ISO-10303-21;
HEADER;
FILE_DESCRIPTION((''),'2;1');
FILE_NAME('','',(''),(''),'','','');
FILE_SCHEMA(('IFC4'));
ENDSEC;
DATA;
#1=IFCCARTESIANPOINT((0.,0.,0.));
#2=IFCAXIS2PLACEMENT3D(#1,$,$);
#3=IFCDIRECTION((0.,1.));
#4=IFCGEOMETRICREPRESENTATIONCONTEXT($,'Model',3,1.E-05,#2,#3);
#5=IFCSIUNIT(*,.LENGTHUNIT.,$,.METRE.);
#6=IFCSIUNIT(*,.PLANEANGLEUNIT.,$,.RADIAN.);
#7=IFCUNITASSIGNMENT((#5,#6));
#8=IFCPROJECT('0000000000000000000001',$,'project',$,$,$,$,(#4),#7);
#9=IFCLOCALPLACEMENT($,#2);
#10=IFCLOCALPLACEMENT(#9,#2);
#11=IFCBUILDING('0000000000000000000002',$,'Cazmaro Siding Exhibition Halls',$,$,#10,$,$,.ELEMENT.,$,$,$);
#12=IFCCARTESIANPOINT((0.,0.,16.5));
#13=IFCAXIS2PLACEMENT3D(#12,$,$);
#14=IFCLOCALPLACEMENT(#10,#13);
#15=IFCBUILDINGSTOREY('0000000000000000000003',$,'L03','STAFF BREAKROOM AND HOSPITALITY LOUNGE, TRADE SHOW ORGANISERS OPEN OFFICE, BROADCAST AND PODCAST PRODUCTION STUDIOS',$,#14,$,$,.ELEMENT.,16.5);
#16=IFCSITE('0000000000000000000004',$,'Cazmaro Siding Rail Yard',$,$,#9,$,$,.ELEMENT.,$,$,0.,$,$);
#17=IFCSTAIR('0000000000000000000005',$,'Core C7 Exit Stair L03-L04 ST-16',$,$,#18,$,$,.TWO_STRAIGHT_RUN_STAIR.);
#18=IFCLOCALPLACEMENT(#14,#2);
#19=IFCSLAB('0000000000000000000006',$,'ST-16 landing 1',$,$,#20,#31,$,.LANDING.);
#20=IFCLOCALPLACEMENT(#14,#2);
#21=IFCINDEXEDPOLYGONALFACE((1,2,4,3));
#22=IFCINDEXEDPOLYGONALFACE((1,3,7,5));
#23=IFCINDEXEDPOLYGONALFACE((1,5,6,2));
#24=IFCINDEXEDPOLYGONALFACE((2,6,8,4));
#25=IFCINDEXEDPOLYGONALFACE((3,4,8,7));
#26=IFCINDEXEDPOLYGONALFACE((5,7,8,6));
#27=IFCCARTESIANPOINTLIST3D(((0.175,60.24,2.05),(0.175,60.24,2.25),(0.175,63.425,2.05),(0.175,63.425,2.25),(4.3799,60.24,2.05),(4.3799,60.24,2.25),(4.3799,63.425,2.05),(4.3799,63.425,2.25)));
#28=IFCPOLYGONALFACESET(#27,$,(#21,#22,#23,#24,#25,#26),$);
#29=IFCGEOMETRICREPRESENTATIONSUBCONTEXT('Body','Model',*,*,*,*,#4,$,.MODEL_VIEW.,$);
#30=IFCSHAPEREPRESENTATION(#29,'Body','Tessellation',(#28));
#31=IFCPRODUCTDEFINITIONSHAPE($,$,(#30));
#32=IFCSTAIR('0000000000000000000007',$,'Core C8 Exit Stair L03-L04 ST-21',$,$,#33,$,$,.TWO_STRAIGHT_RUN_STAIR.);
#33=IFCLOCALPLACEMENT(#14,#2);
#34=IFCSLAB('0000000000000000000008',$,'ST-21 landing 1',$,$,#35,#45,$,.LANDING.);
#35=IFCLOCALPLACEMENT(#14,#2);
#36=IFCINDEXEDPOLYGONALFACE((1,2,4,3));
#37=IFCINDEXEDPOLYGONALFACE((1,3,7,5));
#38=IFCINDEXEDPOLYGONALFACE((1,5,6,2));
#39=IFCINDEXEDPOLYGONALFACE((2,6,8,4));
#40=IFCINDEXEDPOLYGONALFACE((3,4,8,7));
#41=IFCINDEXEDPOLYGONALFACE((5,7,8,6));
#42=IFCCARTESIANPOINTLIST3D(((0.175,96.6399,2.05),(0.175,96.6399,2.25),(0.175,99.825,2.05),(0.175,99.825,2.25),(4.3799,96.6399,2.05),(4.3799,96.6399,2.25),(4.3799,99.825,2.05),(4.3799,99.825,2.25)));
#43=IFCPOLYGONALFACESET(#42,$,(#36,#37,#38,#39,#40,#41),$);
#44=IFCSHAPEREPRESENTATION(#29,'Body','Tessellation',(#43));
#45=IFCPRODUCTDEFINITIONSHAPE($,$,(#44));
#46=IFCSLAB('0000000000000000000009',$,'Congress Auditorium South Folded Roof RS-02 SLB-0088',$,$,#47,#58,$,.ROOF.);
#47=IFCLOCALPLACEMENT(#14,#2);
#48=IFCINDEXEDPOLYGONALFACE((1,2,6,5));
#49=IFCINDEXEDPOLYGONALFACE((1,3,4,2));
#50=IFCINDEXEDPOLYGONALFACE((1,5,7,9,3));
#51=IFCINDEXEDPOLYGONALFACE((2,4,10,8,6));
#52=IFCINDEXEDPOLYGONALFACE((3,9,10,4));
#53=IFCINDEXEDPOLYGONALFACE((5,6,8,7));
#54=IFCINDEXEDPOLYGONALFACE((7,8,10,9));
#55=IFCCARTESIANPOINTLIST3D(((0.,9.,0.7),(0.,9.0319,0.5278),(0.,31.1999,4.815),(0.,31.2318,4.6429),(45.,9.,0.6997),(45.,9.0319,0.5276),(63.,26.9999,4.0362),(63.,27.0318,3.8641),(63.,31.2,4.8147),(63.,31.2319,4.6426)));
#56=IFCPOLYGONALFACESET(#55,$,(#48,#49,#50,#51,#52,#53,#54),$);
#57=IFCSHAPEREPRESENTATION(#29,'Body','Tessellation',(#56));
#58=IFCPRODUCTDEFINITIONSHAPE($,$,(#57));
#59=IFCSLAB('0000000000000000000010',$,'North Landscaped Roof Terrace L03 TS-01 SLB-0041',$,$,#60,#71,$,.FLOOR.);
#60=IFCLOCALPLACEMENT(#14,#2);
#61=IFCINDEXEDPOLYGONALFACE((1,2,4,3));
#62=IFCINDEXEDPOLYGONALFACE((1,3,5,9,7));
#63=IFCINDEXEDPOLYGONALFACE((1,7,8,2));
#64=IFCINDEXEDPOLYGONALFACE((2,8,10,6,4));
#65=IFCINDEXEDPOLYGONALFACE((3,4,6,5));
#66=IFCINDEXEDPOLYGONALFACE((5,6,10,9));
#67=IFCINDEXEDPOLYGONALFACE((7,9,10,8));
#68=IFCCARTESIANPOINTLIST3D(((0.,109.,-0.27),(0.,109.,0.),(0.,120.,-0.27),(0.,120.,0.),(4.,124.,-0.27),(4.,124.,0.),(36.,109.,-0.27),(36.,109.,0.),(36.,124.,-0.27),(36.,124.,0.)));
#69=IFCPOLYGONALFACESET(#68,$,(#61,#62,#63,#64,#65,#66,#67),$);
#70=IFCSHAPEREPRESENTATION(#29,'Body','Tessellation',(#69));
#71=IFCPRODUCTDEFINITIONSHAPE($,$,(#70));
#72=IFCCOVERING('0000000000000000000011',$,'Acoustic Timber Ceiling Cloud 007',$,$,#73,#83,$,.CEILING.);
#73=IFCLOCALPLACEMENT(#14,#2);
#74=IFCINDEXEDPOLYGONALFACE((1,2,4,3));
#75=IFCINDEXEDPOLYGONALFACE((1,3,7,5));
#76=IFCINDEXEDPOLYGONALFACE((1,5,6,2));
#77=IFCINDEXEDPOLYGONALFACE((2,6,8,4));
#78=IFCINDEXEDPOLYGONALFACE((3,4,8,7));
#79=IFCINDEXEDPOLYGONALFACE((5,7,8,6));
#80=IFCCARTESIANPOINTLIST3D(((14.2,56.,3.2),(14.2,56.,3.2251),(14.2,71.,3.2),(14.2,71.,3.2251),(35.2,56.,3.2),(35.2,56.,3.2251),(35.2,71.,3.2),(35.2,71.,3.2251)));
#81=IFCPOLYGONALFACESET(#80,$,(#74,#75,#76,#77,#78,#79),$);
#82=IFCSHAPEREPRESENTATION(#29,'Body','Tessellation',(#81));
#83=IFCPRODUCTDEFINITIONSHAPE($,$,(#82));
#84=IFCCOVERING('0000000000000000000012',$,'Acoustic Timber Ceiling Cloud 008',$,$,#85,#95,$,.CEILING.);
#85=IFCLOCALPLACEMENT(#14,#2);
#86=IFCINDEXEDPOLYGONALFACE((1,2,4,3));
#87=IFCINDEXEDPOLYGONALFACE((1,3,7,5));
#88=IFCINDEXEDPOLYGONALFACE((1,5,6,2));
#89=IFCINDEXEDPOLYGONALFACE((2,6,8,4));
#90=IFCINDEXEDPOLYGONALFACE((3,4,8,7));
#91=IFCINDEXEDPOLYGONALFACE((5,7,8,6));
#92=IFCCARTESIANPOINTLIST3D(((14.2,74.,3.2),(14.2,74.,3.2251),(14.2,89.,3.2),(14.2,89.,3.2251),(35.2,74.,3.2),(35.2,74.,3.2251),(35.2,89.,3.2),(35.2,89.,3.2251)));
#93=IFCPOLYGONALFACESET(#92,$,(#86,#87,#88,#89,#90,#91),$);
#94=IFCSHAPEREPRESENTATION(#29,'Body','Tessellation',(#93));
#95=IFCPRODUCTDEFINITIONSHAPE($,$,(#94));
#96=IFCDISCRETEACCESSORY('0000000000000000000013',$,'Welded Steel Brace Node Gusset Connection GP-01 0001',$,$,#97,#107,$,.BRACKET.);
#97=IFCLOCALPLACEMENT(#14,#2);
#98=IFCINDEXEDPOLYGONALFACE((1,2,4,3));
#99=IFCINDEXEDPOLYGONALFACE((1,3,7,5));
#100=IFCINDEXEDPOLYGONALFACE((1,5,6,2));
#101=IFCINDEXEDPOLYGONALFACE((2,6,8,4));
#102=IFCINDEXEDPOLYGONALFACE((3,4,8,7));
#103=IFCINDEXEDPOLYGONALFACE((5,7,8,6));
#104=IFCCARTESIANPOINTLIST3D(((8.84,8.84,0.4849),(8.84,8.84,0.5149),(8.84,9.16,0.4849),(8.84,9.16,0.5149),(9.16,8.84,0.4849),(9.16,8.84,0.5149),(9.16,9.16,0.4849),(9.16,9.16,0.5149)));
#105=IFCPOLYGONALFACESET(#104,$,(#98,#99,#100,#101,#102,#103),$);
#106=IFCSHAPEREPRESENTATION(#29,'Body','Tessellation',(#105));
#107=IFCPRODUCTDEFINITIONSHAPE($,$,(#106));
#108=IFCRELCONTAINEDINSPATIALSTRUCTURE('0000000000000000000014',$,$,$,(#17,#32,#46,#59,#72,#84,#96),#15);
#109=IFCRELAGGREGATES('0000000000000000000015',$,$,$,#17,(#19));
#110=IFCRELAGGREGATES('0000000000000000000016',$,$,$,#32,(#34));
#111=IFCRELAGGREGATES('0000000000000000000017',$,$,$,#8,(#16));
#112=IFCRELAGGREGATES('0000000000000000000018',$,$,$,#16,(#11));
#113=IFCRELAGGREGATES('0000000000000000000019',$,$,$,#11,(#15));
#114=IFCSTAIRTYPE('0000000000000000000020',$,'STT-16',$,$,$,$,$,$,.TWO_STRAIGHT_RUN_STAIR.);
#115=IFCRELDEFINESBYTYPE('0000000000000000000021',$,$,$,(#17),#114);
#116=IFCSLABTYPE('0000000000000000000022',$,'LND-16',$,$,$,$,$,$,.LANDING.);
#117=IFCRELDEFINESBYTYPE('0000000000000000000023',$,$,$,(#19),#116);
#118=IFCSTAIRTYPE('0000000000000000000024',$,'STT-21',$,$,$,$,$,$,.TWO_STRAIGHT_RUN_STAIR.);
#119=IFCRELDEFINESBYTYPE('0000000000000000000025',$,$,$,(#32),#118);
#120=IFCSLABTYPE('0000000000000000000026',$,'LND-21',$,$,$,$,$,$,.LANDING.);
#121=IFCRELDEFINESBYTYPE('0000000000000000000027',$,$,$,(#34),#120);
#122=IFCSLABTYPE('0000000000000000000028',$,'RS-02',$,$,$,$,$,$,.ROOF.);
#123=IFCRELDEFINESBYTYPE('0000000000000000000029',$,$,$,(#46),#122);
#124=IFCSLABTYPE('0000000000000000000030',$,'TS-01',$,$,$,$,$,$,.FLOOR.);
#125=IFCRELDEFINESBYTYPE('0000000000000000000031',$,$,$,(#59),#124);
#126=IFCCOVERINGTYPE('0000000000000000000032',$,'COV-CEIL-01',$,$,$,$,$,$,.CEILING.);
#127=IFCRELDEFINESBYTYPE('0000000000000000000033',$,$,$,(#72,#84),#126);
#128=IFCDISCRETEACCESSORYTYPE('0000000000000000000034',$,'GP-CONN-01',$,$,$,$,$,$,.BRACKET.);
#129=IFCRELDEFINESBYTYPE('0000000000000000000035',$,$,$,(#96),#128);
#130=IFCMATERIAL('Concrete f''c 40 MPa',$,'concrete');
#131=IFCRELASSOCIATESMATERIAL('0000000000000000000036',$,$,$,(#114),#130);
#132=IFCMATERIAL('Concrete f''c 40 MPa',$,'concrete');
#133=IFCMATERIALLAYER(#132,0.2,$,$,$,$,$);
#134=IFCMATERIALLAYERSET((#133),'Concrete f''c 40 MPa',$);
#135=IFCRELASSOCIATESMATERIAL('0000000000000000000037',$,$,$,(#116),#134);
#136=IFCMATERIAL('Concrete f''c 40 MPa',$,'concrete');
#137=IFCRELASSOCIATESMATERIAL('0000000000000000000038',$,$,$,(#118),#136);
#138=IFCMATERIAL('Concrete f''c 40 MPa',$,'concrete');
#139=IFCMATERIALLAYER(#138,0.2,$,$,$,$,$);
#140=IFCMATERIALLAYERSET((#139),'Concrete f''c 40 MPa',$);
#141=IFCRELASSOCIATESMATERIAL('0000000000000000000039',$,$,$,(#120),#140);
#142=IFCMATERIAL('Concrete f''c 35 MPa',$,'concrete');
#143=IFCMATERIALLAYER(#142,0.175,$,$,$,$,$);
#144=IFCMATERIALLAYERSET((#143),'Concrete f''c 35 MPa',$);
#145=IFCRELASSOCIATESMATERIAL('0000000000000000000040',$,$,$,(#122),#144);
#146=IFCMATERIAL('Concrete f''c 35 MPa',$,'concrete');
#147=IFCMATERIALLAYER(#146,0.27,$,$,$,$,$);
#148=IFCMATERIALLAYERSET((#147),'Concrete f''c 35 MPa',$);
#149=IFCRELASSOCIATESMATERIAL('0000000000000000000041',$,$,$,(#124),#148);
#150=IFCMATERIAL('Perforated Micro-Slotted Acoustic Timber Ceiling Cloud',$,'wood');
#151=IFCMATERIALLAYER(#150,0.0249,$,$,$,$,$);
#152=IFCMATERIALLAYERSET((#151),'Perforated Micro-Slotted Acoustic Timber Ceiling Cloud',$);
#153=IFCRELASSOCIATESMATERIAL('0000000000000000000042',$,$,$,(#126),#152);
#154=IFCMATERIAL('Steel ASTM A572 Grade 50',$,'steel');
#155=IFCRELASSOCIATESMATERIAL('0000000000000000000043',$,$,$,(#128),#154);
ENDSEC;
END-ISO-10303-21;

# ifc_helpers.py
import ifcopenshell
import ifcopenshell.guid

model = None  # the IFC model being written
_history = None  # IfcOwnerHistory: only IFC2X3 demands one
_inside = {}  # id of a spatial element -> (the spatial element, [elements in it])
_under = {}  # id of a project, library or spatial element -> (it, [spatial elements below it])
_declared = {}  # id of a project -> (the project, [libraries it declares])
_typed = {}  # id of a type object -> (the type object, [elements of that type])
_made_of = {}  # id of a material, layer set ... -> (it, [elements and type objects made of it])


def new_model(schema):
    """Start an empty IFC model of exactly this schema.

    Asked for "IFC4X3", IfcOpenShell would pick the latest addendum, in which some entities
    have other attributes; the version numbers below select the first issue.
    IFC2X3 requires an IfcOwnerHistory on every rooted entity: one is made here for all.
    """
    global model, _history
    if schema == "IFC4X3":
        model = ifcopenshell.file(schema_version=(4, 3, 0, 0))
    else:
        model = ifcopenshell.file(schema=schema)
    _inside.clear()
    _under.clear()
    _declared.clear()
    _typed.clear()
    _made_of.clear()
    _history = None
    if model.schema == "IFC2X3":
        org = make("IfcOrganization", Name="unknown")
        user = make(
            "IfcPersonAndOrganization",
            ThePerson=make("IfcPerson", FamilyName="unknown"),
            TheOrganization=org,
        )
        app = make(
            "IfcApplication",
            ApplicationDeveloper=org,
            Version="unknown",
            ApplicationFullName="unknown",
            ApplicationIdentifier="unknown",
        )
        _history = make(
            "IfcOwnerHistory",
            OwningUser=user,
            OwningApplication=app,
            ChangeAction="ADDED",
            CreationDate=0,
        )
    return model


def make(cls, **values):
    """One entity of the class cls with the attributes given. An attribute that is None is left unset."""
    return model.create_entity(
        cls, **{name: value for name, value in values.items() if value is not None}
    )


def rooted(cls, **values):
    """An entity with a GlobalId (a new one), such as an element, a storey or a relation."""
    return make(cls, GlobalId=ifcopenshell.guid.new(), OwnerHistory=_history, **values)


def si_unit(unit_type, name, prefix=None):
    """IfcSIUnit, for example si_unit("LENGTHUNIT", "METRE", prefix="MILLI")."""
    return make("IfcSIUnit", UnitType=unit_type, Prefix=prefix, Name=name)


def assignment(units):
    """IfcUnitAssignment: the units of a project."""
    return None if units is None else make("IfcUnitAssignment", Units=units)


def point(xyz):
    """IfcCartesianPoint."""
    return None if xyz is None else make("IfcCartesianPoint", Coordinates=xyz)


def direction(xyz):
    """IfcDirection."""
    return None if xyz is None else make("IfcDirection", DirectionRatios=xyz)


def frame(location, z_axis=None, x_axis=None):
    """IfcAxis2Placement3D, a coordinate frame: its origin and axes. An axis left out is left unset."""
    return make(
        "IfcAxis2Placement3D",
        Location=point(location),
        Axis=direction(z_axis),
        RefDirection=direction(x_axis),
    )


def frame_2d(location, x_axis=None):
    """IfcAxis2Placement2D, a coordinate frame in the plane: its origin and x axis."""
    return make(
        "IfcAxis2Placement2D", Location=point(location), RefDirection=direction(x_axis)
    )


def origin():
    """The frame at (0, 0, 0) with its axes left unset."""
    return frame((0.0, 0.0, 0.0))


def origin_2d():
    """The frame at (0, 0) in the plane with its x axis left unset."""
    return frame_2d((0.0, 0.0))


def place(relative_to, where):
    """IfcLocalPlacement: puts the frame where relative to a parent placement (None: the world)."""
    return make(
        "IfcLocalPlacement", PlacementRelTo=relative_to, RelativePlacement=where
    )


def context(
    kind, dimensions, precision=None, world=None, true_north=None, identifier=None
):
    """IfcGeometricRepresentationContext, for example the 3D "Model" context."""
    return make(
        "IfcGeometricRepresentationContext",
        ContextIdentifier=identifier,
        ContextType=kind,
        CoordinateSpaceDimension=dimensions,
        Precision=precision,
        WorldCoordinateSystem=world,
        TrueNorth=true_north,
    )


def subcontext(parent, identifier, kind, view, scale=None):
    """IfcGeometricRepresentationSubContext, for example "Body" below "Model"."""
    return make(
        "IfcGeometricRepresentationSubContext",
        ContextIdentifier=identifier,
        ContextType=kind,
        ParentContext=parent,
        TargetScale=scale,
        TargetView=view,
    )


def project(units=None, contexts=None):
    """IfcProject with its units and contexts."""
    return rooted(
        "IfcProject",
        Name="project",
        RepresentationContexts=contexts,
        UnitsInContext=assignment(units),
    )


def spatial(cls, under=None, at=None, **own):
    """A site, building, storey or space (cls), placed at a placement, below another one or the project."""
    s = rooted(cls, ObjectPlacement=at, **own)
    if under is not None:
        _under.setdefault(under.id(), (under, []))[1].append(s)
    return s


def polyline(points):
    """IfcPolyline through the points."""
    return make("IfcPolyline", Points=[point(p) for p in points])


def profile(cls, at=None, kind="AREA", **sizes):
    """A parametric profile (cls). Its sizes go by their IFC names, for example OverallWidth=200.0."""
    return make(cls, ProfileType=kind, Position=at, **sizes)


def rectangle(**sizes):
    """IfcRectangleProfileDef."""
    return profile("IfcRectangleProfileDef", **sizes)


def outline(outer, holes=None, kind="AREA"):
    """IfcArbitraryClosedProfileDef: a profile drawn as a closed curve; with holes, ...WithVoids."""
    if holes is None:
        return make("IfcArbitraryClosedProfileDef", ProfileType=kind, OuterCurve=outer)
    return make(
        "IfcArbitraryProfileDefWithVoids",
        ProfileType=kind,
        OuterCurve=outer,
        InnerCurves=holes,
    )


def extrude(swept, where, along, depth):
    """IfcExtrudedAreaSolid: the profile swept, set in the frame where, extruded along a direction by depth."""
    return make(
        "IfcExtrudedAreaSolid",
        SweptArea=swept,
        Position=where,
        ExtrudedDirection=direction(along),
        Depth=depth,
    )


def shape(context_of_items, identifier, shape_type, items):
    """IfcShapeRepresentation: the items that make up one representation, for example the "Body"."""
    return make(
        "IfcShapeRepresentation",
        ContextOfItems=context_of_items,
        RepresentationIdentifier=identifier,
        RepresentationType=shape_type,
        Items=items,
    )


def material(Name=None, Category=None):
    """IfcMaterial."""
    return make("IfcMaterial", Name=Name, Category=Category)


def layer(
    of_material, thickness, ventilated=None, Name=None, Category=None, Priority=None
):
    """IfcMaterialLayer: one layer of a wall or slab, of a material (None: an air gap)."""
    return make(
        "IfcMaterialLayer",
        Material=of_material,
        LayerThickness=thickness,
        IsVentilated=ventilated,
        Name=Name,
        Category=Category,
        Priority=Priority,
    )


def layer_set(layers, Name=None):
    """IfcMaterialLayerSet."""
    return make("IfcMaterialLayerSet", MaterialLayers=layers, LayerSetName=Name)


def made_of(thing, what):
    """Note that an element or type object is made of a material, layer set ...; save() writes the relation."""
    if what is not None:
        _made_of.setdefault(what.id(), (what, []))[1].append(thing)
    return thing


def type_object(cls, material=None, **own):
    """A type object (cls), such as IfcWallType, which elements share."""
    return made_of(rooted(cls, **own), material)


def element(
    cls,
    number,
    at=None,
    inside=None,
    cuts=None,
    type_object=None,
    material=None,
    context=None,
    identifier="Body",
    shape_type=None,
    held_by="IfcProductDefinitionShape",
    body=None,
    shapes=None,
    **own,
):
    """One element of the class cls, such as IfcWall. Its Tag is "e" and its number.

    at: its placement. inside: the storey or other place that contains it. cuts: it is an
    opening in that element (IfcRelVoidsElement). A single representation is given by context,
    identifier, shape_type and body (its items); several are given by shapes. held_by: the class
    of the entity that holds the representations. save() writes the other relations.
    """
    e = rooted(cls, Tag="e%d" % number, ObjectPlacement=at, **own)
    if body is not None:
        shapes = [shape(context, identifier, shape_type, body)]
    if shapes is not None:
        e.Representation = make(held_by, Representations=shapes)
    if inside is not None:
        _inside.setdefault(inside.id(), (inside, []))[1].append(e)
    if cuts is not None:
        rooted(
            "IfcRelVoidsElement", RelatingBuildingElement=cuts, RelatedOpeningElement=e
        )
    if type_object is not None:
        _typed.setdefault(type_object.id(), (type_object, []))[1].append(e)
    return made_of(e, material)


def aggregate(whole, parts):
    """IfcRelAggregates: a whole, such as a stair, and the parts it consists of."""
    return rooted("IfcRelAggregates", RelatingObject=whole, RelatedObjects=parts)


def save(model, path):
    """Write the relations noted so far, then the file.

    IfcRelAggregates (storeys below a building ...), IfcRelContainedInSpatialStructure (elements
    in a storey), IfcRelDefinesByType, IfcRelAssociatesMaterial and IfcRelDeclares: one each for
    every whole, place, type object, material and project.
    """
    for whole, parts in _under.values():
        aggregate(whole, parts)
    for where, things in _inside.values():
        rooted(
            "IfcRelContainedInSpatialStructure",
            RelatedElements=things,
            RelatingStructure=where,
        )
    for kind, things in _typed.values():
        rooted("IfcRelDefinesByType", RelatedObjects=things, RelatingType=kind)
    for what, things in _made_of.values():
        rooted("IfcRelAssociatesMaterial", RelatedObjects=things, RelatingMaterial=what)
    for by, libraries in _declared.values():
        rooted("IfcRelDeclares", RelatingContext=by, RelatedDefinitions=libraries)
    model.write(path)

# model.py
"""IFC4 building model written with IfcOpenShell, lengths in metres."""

from ifc_helpers import new_model, si_unit, direction, frame, origin, origin_2d, place, context, subcontext, project, spatial, polyline, rectangle, outline, extrude, material, layer, layer_set, type_object, element, aggregate, save


model = new_model("IFC4")

# Units and contexts
model_context = context("Model", 3, precision=1e-05, world=origin(), true_north=direction((0.0, 1.0)))
body_context = subcontext(model_context, "Body", "Model", "MODEL_VIEW")
ifc_project = project(units=[si_unit("LENGTHUNIT", "METRE"), si_unit("PLANEANGLEUNIT", "RADIAN")], contexts=[model_context])

# Site, building, storey
site_placement = place(None, origin())
site = spatial("IfcSite", under=ifc_project, at=site_placement, Name="Cazmaro Siding Rail Yard", CompositionType="ELEMENT", RefElevation=0.0)
building_placement = place(site_placement, origin())
building = spatial("IfcBuilding", under=site, at=building_placement, Name="Cazmaro Siding Exhibition Halls", CompositionType="ELEMENT")
storey_placement = place(building_placement, frame((0.0, 0.0, 16.5)))
storey = spatial("IfcBuildingStorey", under=building, at=storey_placement, Name="L03", Description="STAFF BREAKROOM AND HOSPITALITY LOUNGE, TRADE SHOW ORGANISERS OPEN OFFICE, BROADCAST AND PODCAST PRODUCTION STUDIOS", CompositionType="ELEMENT", Elevation=16.5)

# Stairs, slabs
ifc_material_1 = material(Name="Concrete f'c 40 MPa", Category="concrete")
stair_type_1 = type_object("IfcStairType", Name="STT-16", PredefinedType="TWO_STRAIGHT_RUN_STAIR", material=ifc_material_1)
stair_1_placement = place(storey_placement, origin())
stair_1 = element("IfcStair", 1, at=stair_1_placement, inside=storey, type_object=stair_type_1, Name="Core C7 Exit Stair L03-L04 ST-16", PredefinedType="TWO_STRAIGHT_RUN_STAIR")
ifc_material_2 = material(Name="Concrete f'c 40 MPa", Category="concrete")
ifc_layer_1 = layer(ifc_material_2, 0.2)
ifc_layer_set_1 = layer_set([ifc_layer_1], Name="Concrete f'c 40 MPa")
slab_type_1 = type_object("IfcSlabType", Name="LND-16", PredefinedType="LANDING", material=ifc_layer_set_1)
slab_1_placement = place(storey_placement, frame((0.0, 0.0, 2.05)))
slab_1 = element("IfcSlab", 2, at=slab_1_placement, type_object=slab_type_1, Name="ST-16 landing 1", PredefinedType="LANDING", context=body_context, shape_type="SweptSolid", body=[
    extrude(outline(polyline([(0.175, 60.24), (4.3799, 60.24), (4.3799, 63.425), (0.175, 63.425), (0.175, 60.24)])), origin(), (0.0, 0.0, 1.0), 0.2),
])
aggregate(stair_1, [slab_1])
ifc_material_3 = material(Name="Concrete f'c 40 MPa", Category="concrete")
stair_type_2 = type_object("IfcStairType", Name="STT-21", PredefinedType="TWO_STRAIGHT_RUN_STAIR", material=ifc_material_3)
stair_2_placement = place(storey_placement, origin())
stair_2 = element("IfcStair", 3, at=stair_2_placement, inside=storey, type_object=stair_type_2, Name="Core C8 Exit Stair L03-L04 ST-21", PredefinedType="TWO_STRAIGHT_RUN_STAIR")
ifc_material_4 = material(Name="Concrete f'c 40 MPa", Category="concrete")
ifc_layer_2 = layer(ifc_material_4, 0.2)
ifc_layer_set_2 = layer_set([ifc_layer_2], Name="Concrete f'c 40 MPa")
slab_type_2 = type_object("IfcSlabType", Name="LND-21", PredefinedType="LANDING", material=ifc_layer_set_2)
slab_2_placement = place(storey_placement, frame((0.0, 0.0, 2.05)))
slab_2 = element("IfcSlab", 4, at=slab_2_placement, type_object=slab_type_2, Name="ST-21 landing 1", PredefinedType="LANDING", context=body_context, shape_type="SweptSolid", body=[
    extrude(outline(polyline([(0.175, 96.6399), (4.3799, 96.6399), (4.3799, 99.825), (0.175, 99.825), (0.175, 96.6399)])), origin(), (0.0, 0.0, 1.0), 0.2),
])
aggregate(stair_2, [slab_2])

# Shared definitions
ifc_material_5 = material(Name="Concrete f'c 35 MPa", Category="concrete")
ifc_layer_3 = layer(ifc_material_5, 0.175)
ifc_layer_set_3 = layer_set([ifc_layer_3], Name="Concrete f'c 35 MPa")
slab_type_3 = type_object("IfcSlabType", Name="RS-02", PredefinedType="ROOF", material=ifc_layer_set_3)

# Slabs
slab_3_placement = place(storey_placement, frame((0.0, 9.0, 0.7), z_axis=(0.000005, -0.18226, 0.98325), x_axis=(1.0, 0.000001, -0.000005)))
element("IfcSlab", 5, at=slab_3_placement, inside=storey, type_object=slab_type_3, Name="Congress Auditorium South Folded Roof RS-02 SLB-0088", PredefinedType="ROOF", context=body_context, shape_type="SweptSolid", body=[
    extrude(outline(polyline([(0.0, 0.0), (45.0, 0.0), (63.0, 18.3065), (63.0, 22.5781), (0.0, 22.5781), (0.0, 0.0)])), origin(), (0.0, 0.0, -1.0), 0.175),
])
ifc_material_6 = material(Name="Concrete f'c 35 MPa", Category="concrete")
ifc_layer_4 = layer(ifc_material_6, 0.27)
ifc_layer_set_4 = layer_set([ifc_layer_4], Name="Concrete f'c 35 MPa")
slab_type_4 = type_object("IfcSlabType", Name="TS-01", PredefinedType="FLOOR", material=ifc_layer_set_4)
slab_4_placement = place(storey_placement, frame((0.0, 0.0, -0.27)))
element("IfcSlab", 6, at=slab_4_placement, inside=storey, type_object=slab_type_4, Name="North Landscaped Roof Terrace L03 TS-01 SLB-0041", PredefinedType="FLOOR", context=body_context, shape_type="SweptSolid", body=[
    extrude(outline(polyline([(0.0, 109.0), (36.0, 109.0), (36.0, 124.0), (4.0, 124.0), (0.0, 120.0), (0.0, 109.0)])), origin(), (0.0, 0.0, 1.0), 0.27),
])

# Coverings
ifc_material_7 = material(Name="Perforated Micro-Slotted Acoustic Timber Ceiling Cloud", Category="wood")
ifc_layer_5 = layer(ifc_material_7, 0.0249)
ifc_layer_set_5 = layer_set([ifc_layer_5], Name="Perforated Micro-Slotted Acoustic Timber Ceiling Cloud")
covering_type_1 = type_object("IfcCoveringType", Name="COV-CEIL-01", PredefinedType="CEILING", material=ifc_layer_set_5)
covering_1_placement = place(storey_placement, frame((0.0, 0.0, 3.2)))
element("IfcCovering", 7, at=covering_1_placement, inside=storey, type_object=covering_type_1, Name="Acoustic Timber Ceiling Cloud 007", PredefinedType="CEILING", context=body_context, shape_type="SweptSolid", body=[
    extrude(outline(polyline([(14.2, 56.0), (35.2, 56.0), (35.2, 71.0), (14.2, 71.0), (14.2, 56.0)])), origin(), (0.0, 0.0, 1.0), 0.0251),
])
covering_2_placement = place(storey_placement, frame((0.0, 0.0, 3.2)))
element("IfcCovering", 8, at=covering_2_placement, inside=storey, type_object=covering_type_1, Name="Acoustic Timber Ceiling Cloud 008", PredefinedType="CEILING", context=body_context, shape_type="SweptSolid", body=[
    extrude(outline(polyline([(14.2, 74.0), (35.2, 74.0), (35.2, 89.0), (14.2, 89.0), (14.2, 74.0)])), origin(), (0.0, 0.0, 1.0), 0.0251),
])

# Discrete accessory
ifc_material_8 = material(Name="Steel ASTM A572 Grade 50", Category="steel")
discrete_accessory_type = type_object("IfcDiscreteAccessoryType", Name="GP-CONN-01", PredefinedType="BRACKET", material=ifc_material_8)
discrete_accessory_placement = place(storey_placement, frame((9.0, 9.0, 0.4849), z_axis=(0.0, 0.0, 1.0), x_axis=(1.0, 0.0, 0.0)))
element("IfcDiscreteAccessory", 9, at=discrete_accessory_placement, inside=storey, type_object=discrete_accessory_type, Name="Welded Steel Brace Node Gusset Connection GP-01 0001", PredefinedType="BRACKET", context=body_context, shape_type="SweptSolid", body=[
    extrude(rectangle(XDim=0.3201, YDim=0.3201, at=origin_2d()), origin(), (0.0, 0.0, 1.0), 0.03),
])

save(model, "model.ifc")
